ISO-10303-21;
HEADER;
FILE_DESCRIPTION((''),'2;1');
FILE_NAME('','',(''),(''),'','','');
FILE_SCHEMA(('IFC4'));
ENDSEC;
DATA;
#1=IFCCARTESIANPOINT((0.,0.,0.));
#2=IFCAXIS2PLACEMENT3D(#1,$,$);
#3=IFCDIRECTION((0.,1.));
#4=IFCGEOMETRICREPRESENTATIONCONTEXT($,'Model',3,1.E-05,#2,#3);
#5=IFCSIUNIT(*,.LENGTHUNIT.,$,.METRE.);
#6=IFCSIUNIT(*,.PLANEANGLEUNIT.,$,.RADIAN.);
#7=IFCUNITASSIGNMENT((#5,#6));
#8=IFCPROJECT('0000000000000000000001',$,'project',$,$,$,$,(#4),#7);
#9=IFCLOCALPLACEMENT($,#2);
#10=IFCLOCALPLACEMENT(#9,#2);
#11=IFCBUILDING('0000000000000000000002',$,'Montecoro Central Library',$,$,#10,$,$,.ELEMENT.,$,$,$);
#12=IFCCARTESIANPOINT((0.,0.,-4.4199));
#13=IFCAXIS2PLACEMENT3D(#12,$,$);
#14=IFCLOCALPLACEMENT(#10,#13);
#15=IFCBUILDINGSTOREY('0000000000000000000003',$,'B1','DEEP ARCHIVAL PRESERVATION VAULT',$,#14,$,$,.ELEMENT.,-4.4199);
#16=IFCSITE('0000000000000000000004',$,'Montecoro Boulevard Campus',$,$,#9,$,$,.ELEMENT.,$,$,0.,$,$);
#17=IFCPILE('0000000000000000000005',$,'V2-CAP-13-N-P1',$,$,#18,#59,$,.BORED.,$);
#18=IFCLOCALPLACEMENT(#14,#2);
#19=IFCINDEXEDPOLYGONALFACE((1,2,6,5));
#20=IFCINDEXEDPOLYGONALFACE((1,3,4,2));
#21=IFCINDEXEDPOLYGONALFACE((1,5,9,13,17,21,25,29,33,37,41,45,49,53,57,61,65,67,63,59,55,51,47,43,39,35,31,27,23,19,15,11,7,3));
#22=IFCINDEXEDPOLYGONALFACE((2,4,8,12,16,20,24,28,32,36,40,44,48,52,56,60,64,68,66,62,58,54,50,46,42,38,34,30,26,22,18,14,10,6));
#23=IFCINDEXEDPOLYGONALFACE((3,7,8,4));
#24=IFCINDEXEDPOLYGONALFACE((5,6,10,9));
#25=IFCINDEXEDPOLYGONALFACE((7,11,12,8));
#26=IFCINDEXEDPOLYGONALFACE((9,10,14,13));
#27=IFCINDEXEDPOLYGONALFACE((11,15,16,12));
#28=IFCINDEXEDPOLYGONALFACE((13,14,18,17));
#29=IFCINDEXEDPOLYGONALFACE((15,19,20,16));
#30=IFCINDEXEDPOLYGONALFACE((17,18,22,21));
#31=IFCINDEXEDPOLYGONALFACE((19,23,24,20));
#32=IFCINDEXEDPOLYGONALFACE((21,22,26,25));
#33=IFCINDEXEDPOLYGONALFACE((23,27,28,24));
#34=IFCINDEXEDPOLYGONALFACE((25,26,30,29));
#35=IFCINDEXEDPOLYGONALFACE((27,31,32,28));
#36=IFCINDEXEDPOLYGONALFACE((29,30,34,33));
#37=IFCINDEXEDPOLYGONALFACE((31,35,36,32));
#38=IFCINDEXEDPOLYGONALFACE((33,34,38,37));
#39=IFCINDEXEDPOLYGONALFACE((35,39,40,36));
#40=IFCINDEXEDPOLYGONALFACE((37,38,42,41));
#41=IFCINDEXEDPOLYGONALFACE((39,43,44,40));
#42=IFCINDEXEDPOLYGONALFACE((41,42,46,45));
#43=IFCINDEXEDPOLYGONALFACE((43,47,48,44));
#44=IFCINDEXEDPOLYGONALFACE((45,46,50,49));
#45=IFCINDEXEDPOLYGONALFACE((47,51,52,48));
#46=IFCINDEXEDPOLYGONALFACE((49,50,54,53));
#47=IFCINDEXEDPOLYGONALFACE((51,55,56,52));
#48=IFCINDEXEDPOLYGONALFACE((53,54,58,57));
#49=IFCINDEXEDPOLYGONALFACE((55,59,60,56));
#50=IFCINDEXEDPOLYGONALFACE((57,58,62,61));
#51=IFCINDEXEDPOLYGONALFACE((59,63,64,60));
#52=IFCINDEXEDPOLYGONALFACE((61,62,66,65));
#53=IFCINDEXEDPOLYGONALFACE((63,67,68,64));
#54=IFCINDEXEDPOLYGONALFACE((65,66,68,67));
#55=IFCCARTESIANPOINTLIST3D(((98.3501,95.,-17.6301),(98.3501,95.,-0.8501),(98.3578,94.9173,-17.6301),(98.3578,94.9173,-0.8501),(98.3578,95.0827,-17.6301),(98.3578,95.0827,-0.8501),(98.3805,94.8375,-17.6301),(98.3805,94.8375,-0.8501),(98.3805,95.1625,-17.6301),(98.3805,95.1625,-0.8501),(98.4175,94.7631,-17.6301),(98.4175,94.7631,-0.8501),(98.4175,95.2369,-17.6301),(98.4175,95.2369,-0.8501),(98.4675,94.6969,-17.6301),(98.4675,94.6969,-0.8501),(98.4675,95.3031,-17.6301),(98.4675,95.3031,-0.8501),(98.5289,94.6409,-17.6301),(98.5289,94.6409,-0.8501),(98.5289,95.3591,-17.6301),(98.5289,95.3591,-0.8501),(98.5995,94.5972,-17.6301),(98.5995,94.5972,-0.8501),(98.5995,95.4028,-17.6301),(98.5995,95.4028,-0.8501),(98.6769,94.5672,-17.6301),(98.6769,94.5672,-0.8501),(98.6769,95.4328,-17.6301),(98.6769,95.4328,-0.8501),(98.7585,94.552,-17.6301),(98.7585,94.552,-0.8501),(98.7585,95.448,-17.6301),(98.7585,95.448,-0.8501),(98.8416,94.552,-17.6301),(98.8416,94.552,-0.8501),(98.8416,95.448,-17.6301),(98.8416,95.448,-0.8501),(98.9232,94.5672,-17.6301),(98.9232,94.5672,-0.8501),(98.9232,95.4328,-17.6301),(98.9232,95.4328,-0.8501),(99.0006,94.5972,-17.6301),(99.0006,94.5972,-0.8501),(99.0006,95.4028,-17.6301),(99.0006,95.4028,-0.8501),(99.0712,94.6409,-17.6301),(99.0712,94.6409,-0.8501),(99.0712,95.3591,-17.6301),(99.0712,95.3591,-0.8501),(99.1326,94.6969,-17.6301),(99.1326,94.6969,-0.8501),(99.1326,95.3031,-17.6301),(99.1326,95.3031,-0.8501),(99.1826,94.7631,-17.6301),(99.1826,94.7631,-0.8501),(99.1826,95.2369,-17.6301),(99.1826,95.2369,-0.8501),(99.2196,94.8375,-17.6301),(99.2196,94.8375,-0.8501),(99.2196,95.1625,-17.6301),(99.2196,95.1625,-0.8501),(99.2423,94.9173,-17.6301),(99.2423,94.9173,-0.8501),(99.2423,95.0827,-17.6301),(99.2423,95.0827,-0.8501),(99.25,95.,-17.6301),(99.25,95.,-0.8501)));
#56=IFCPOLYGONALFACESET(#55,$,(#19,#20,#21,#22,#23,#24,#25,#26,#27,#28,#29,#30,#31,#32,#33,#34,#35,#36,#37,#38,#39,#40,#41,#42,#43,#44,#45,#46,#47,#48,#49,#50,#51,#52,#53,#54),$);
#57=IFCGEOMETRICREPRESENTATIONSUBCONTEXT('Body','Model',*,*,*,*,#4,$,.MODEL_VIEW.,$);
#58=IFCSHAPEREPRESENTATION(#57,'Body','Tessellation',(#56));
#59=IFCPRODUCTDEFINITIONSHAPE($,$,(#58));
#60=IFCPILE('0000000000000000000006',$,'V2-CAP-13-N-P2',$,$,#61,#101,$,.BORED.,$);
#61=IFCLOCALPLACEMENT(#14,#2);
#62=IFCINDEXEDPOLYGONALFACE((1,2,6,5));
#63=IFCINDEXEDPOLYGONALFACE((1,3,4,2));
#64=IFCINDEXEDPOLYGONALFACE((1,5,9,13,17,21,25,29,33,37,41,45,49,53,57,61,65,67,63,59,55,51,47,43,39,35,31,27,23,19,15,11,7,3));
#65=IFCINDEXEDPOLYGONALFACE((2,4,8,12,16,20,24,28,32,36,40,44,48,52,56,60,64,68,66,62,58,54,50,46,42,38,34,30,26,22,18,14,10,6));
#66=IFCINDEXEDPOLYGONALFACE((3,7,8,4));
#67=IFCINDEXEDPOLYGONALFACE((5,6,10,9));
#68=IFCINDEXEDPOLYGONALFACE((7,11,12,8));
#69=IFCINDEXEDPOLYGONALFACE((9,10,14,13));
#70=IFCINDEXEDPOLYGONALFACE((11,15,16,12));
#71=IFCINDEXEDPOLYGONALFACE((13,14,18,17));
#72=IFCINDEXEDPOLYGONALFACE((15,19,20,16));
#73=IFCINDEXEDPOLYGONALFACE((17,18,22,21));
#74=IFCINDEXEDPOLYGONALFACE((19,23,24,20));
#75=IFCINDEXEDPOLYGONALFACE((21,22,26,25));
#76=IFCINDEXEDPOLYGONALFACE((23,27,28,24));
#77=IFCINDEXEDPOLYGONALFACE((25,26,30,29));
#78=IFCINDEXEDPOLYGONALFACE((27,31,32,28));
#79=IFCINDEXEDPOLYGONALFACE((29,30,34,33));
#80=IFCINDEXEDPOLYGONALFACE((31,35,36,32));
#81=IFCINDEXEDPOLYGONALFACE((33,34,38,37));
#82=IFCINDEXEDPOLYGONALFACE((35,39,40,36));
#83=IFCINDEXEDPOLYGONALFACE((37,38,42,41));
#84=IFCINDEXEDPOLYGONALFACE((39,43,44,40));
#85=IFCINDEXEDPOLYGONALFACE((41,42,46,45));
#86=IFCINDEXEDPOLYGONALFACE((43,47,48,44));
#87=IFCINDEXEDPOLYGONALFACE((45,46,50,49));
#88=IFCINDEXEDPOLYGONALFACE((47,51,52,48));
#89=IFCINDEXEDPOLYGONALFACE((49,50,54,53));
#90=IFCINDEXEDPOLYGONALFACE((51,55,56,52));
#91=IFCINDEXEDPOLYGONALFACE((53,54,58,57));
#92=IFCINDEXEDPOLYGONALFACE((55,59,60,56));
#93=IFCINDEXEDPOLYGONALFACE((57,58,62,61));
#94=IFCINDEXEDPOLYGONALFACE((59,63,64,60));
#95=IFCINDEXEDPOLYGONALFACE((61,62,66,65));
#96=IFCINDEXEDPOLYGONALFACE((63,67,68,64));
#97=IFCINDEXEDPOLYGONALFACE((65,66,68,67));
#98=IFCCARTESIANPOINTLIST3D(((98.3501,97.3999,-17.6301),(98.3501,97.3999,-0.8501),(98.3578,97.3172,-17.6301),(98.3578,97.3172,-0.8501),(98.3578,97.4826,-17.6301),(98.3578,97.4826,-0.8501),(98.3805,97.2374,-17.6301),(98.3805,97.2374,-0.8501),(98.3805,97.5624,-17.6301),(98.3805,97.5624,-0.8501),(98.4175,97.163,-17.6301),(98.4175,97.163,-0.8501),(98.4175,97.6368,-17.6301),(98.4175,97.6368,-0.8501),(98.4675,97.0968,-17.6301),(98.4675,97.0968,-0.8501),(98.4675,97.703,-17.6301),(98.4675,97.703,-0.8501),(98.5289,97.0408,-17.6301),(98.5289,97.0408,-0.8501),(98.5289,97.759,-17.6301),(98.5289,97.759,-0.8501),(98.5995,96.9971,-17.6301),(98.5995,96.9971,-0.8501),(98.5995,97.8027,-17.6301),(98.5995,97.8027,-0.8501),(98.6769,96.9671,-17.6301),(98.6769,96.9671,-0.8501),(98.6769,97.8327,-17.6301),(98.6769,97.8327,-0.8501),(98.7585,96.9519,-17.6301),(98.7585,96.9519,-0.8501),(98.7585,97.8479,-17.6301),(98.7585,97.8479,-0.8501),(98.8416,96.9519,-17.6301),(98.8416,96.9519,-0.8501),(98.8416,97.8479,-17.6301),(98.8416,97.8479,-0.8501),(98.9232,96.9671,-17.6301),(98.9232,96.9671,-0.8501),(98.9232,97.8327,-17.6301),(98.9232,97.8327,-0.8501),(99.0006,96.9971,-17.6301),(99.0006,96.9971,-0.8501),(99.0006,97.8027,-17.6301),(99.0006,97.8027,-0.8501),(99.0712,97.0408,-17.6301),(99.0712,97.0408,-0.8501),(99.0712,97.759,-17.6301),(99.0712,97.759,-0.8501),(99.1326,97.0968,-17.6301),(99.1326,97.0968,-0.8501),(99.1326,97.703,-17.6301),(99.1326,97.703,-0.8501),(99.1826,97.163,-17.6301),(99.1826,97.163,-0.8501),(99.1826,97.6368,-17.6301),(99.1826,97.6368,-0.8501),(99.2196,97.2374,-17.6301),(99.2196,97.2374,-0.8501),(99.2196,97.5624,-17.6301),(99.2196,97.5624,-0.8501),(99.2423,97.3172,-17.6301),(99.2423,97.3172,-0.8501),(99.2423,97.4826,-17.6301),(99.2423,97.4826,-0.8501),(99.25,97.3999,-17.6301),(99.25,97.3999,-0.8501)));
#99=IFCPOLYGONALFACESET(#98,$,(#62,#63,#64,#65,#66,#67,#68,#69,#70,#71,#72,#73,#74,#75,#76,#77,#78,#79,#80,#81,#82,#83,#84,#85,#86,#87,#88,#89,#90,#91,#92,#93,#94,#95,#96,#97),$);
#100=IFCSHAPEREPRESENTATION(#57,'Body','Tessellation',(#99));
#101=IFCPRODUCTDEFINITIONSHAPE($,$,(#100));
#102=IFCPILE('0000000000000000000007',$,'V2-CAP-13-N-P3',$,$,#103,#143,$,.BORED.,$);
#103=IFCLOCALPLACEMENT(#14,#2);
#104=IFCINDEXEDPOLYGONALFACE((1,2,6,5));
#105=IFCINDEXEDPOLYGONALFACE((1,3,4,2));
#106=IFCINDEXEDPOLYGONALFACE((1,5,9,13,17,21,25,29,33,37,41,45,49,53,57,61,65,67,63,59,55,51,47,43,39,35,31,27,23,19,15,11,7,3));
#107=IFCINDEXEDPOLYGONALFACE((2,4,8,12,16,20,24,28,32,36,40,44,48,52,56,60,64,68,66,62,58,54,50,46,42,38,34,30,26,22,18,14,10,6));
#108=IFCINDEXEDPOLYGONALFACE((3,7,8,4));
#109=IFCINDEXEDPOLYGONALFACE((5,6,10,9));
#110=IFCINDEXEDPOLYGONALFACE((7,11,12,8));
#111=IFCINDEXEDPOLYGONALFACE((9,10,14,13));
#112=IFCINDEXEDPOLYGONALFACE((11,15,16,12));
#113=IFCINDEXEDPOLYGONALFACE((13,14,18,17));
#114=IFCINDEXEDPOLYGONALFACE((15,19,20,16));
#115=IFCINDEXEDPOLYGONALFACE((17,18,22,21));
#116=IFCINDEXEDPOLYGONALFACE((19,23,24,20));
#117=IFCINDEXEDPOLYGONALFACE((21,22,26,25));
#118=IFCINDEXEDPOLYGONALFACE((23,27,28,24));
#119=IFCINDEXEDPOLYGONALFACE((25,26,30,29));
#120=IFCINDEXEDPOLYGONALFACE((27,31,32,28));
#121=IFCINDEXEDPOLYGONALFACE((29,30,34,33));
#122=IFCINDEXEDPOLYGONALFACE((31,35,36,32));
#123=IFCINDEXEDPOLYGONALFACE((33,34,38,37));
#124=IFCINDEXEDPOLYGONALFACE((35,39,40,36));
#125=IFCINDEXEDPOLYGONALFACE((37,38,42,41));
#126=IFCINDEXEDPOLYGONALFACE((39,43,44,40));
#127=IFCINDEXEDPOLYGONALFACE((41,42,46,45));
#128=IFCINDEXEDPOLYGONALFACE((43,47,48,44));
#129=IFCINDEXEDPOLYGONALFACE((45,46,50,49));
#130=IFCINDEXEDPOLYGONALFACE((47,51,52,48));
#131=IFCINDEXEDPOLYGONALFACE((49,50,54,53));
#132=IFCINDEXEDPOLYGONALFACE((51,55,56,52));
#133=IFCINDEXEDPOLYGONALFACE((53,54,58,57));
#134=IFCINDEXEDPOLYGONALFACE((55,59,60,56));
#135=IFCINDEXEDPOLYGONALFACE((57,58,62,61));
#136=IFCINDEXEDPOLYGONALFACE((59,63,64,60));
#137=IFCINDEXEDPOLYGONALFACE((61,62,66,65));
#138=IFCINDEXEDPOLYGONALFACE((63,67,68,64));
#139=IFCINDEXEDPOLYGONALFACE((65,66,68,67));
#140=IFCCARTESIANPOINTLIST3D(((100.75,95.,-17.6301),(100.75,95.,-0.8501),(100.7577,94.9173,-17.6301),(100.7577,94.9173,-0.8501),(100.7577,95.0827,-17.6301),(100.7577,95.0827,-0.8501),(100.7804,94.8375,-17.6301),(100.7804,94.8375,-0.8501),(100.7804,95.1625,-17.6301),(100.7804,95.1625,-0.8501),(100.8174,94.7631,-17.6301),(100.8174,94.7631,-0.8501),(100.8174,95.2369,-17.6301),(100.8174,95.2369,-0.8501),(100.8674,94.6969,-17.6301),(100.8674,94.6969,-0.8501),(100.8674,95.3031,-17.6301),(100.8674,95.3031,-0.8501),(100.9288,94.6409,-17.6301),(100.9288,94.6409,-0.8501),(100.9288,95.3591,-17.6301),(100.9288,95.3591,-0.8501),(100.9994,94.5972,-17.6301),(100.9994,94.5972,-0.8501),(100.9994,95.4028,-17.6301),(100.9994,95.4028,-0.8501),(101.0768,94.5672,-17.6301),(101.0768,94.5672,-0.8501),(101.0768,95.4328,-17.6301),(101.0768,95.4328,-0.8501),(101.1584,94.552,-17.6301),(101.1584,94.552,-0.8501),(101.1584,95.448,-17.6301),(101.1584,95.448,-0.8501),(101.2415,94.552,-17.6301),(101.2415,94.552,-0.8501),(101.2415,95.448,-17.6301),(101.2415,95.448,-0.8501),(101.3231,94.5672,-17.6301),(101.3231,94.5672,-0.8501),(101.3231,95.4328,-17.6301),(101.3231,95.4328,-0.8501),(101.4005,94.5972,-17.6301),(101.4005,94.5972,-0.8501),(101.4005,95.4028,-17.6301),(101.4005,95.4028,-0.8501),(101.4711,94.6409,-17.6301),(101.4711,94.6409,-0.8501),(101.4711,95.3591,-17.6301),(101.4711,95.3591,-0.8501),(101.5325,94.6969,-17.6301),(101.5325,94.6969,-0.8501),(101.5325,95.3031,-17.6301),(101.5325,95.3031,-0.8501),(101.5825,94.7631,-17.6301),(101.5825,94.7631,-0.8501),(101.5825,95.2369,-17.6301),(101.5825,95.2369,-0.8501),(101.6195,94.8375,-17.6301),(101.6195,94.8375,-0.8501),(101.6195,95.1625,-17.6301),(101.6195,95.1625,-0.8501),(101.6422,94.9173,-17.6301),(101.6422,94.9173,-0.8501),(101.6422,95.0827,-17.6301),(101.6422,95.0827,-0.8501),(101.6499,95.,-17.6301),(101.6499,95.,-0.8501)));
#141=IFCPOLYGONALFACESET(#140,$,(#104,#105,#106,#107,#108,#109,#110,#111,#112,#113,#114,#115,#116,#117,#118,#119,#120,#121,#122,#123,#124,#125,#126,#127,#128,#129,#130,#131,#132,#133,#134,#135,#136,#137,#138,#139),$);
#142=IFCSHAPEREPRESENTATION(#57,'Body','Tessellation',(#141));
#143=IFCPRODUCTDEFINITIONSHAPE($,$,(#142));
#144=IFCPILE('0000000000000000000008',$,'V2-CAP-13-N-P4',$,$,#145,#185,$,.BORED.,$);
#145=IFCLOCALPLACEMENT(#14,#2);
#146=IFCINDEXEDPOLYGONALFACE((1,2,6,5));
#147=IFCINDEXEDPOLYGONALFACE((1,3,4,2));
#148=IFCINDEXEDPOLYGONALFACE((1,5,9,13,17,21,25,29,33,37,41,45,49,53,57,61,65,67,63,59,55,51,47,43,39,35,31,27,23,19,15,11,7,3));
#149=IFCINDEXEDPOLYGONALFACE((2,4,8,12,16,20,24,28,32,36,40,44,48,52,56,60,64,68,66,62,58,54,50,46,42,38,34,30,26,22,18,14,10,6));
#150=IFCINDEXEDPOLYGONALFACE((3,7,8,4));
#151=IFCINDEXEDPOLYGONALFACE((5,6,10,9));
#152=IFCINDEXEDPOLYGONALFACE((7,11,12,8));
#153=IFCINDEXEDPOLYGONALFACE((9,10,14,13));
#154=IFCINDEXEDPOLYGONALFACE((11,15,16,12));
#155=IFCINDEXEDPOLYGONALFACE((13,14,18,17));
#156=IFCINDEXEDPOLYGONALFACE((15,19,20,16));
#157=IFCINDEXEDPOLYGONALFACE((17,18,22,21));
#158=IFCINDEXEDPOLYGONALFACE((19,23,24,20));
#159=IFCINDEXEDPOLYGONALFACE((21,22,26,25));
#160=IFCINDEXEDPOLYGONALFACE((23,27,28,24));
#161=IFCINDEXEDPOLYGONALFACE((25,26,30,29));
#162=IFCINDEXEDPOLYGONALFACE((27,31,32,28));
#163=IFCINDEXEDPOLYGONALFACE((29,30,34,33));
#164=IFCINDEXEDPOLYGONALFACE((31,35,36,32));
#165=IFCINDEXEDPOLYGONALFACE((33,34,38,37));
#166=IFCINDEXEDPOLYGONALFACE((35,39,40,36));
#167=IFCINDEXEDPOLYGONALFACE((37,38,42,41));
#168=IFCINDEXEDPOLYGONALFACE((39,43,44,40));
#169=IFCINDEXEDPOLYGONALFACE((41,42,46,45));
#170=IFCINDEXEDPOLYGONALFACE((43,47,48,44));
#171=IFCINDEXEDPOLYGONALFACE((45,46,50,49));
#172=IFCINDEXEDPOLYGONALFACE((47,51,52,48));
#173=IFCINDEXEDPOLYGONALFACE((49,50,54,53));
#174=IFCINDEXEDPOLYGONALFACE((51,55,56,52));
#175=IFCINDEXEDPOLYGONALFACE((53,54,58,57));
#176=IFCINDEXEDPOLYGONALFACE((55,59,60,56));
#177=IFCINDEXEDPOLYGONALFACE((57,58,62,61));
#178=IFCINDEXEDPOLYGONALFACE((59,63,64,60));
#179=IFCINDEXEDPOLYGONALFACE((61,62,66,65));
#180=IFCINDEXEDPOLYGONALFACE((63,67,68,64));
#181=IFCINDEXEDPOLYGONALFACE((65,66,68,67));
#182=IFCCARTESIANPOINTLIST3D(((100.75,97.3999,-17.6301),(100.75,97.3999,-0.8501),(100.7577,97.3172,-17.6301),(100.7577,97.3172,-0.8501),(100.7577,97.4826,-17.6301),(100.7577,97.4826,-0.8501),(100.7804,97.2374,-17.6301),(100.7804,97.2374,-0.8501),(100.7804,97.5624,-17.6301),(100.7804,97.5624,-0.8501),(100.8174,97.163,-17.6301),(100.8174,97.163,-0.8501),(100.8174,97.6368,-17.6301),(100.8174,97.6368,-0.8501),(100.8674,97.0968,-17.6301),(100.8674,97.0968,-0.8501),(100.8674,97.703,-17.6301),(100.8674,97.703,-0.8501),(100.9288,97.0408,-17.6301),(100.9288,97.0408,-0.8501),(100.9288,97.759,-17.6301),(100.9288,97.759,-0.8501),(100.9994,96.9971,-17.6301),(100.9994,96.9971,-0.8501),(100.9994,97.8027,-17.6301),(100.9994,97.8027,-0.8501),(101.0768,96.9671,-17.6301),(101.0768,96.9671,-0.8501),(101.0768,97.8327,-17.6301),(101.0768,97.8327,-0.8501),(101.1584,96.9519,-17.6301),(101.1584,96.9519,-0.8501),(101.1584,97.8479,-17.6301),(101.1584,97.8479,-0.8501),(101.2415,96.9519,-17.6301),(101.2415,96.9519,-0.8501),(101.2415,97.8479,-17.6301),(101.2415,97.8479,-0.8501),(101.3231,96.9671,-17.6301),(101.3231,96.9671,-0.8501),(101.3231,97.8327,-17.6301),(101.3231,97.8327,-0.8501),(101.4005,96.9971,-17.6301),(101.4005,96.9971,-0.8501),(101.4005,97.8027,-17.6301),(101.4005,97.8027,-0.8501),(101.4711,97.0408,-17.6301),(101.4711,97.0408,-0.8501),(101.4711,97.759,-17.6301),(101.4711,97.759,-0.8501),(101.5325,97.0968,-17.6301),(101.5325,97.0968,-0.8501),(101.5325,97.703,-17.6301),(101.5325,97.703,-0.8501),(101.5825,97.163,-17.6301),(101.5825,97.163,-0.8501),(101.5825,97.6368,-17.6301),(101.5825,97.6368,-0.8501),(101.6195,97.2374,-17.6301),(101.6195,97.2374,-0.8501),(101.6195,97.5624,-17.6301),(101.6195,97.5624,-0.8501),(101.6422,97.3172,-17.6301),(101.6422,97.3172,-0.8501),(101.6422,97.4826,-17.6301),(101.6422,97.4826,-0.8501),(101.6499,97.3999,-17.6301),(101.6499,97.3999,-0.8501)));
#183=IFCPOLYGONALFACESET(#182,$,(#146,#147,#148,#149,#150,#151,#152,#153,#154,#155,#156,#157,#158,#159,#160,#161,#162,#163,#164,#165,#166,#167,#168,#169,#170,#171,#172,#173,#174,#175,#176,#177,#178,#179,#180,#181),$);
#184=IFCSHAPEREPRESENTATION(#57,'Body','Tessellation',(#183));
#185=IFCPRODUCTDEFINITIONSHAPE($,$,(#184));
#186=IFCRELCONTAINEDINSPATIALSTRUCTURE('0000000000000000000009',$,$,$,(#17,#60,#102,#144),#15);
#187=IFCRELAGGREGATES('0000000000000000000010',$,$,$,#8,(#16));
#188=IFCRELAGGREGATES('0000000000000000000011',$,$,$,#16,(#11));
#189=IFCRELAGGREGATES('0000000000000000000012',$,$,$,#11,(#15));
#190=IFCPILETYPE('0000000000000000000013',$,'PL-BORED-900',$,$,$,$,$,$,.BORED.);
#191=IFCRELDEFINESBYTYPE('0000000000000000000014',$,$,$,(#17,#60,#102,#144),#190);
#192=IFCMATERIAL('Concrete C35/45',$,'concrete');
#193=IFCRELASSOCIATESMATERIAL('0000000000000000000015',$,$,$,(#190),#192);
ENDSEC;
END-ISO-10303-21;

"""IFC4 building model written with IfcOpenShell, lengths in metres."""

from ifc_helpers import new_model, si_unit, direction, frame, origin, origin_2d, place, context, subcontext, project, spatial, circle, extrude, material, material_profile, profile_set, type_object, element, save


model = new_model("IFC4")

# Units and contexts
model_context = context("Model", 3, precision=1e-05, world=origin(), true_north=direction((0.0, 1.0)))
body_context = subcontext(model_context, "Body", "Model", "MODEL_VIEW")
ifc_project = project(units=[si_unit("LENGTHUNIT", "METRE"), si_unit("PLANEANGLEUNIT", "RADIAN")], contexts=[model_context])

# Site, building, storey
site_placement = place(None, origin())
site = spatial("IfcSite", under=ifc_project, at=site_placement, Name="Montecoro Boulevard Campus", CompositionType="ELEMENT", RefElevation=0.0)
building_placement = place(site_placement, origin())
building = spatial("IfcBuilding", under=site, at=building_placement, Name="Montecoro Central Library", CompositionType="ELEMENT")
storey_placement = place(building_placement, frame((0.0, 0.0, -4.4199)))
storey = spatial("IfcBuildingStorey", under=building, at=storey_placement, Name="B1", Description="DEEP ARCHIVAL PRESERVATION VAULT", CompositionType="ELEMENT", Elevation=-4.4199)

# Shared definitions
ifc_material_1 = material(Name="Concrete C35/45", Category="concrete")

# Piles
ifc_material_profile_1 = material_profile(ifc_material_1, circle(Radius=0.45, at=origin_2d()), Name="PILE D900")
ifc_profile_set_1 = profile_set([ifc_material_profile_1], Name="Concrete C35/45")
pile_type_1 = type_object("IfcPileType", Name="PL-BORED-900", PredefinedType="BORED", material=ifc_profile_set_1)
for number, where, z_axis, x_axis, name in (
    (1, (98.8, 95.0, -0.8501), (0.0, 0.0, -1.0), (1.0, 0.0, 0.0), "V2-CAP-13-N-P1"),
    (2, (98.8, 97.3999, -0.8501), (0.0, 0.0, -1.0), (1.0, 0.0, 0.0), "V2-CAP-13-N-P2"),
    (3, (101.2, 95.0, -0.8501), (0.0, 0.0, -1.0), (1.0, 0.0, 0.0), "V2-CAP-13-N-P3"),
    (4, (101.2, 97.3999, -0.8501), (0.0, 0.0, -1.0), (1.0, 0.0, 0.0), "V2-CAP-13-N-P4"),
):
    element("IfcPile", number, at=place(storey_placement, frame(where, z_axis=z_axis, x_axis=x_axis)), inside=storey, type_object=pile_type_1, Name=name, PredefinedType="BORED", context=body_context, shape_type="SweptSolid", body=[
        extrude(circle(Radius=0.45, at=origin_2d()), origin(), (0.0, 0.0, 1.0), 16.78),
    ])

save(model, "model.ifc")
